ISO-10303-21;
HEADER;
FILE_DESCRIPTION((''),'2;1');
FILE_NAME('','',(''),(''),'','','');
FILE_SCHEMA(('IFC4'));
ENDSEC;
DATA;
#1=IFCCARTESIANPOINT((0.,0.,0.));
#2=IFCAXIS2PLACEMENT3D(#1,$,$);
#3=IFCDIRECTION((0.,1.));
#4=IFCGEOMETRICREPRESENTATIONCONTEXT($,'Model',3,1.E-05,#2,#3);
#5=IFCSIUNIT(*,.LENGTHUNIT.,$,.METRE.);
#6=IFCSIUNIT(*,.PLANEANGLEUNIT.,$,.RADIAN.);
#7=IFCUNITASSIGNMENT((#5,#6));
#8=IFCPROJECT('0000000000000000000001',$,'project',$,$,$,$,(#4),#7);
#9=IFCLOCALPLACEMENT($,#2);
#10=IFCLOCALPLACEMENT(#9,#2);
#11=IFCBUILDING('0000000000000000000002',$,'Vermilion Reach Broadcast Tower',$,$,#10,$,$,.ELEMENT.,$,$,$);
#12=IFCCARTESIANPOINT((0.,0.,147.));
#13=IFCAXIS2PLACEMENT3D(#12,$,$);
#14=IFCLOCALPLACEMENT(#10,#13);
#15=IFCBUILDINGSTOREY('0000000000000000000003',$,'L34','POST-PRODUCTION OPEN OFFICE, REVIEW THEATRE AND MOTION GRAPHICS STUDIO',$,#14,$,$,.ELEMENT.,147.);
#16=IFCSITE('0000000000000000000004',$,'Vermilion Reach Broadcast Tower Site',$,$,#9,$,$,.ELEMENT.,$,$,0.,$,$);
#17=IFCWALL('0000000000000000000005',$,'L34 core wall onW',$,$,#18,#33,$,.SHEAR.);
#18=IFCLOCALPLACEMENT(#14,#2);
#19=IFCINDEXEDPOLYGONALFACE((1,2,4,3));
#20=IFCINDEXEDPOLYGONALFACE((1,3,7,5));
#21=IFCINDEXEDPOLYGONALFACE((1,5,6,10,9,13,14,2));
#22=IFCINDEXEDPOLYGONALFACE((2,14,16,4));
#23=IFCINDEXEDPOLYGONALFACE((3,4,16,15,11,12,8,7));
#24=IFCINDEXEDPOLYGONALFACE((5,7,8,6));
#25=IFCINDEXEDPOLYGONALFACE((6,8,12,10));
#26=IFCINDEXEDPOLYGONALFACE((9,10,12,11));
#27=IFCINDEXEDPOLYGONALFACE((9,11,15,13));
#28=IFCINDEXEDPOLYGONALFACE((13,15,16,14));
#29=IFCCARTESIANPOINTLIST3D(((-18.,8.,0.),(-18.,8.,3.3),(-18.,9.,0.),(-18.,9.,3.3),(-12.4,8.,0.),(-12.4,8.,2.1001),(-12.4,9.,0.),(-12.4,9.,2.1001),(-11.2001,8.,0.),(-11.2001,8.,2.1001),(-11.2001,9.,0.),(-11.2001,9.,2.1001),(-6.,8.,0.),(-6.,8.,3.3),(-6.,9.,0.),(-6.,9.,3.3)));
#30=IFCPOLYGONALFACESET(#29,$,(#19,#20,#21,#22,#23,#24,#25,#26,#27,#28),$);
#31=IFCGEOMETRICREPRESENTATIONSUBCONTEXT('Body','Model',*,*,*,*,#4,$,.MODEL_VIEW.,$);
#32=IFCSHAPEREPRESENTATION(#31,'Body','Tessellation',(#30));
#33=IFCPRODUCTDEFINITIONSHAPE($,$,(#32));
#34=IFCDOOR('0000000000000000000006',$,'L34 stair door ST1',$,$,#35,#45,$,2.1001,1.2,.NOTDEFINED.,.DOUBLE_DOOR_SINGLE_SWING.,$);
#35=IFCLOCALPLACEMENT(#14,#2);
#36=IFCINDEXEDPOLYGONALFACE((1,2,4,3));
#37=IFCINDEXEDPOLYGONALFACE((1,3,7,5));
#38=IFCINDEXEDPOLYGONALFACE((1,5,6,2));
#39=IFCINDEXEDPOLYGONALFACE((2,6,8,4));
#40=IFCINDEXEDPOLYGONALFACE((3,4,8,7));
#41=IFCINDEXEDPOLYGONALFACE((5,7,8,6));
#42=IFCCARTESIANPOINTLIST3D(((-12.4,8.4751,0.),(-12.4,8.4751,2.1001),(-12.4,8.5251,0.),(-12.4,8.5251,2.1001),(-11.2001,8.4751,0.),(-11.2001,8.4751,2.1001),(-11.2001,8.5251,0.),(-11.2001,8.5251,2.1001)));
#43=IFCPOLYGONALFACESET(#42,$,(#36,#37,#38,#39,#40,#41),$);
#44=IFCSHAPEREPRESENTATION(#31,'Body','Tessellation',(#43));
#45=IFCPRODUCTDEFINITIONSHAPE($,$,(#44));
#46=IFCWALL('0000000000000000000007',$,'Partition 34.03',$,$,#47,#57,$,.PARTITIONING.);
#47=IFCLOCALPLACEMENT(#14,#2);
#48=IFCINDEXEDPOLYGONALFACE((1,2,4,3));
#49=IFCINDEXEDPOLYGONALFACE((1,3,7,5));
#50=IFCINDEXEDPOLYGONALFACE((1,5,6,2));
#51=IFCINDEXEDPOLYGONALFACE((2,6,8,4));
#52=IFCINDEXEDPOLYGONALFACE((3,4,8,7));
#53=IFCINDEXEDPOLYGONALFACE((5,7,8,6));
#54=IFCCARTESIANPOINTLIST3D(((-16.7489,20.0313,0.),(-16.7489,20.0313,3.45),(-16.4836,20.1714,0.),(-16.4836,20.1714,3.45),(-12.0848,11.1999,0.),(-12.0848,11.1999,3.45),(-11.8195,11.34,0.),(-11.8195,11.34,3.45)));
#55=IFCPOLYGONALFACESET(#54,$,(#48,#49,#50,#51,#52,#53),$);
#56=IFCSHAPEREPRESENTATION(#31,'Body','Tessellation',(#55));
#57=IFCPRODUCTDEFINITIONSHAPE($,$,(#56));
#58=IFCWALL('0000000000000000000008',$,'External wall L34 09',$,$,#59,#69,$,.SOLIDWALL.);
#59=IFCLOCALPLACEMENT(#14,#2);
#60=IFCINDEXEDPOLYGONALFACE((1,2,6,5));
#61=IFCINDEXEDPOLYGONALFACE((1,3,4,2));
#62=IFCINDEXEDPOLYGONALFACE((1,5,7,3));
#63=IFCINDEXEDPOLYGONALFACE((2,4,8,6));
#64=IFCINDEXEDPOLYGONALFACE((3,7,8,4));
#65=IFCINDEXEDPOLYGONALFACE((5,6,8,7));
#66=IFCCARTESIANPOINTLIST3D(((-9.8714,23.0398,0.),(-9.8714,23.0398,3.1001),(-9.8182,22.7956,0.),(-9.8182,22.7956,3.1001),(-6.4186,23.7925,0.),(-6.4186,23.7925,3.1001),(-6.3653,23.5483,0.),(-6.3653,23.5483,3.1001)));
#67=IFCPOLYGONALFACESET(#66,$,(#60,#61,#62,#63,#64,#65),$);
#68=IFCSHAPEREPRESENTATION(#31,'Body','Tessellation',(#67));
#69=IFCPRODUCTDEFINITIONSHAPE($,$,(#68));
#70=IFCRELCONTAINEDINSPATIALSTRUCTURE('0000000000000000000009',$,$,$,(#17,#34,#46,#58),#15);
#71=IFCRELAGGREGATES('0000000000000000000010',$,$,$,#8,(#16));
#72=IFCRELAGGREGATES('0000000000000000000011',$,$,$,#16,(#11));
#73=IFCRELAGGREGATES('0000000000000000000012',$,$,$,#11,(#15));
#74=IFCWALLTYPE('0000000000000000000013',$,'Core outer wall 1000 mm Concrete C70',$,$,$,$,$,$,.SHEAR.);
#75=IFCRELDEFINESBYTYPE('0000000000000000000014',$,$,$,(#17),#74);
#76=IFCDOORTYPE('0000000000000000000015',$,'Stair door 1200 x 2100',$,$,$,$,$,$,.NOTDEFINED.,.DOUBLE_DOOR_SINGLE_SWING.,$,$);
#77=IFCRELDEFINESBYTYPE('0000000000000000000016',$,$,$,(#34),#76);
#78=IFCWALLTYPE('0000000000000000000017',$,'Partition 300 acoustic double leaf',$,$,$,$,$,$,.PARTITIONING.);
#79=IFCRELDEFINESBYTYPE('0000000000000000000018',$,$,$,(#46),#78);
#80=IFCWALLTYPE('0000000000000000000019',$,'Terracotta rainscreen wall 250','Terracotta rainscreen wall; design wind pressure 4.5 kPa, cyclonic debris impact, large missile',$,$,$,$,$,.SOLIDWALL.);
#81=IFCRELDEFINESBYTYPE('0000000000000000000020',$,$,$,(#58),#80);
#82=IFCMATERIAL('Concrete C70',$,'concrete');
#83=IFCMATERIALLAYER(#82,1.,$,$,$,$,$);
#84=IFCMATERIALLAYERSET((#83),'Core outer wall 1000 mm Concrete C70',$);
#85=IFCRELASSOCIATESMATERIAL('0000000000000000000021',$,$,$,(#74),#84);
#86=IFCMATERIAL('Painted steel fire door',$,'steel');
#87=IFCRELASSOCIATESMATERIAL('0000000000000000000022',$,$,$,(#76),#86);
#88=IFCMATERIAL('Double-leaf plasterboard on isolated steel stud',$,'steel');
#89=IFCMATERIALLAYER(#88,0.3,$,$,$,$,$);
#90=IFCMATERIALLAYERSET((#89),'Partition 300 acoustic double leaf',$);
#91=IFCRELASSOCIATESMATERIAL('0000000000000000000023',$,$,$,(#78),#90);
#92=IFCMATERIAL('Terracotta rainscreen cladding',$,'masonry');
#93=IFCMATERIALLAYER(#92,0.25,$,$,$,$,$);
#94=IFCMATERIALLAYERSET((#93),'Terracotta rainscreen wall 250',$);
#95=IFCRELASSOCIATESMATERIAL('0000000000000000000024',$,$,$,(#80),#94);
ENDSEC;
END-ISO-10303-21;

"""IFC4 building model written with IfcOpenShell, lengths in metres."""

from ifc_helpers import new_model, si_unit, direction, frame, frame_2d, origin, place, context, subcontext, project, spatial, rectangle, extrude, material, layer, layer_set, type_object, element, fill, save


model = new_model("IFC4")

# Units and contexts
model_context = context("Model", 3, precision=1e-05, world=origin(), true_north=direction((0.0, 1.0)))
body_context = subcontext(model_context, "Body", "Model", "MODEL_VIEW")
ifc_project = project(units=[si_unit("LENGTHUNIT", "METRE"), si_unit("PLANEANGLEUNIT", "RADIAN")], contexts=[model_context])

# Site, building, storey
site_placement = place(None, origin())
site = spatial("IfcSite", under=ifc_project, at=site_placement, Name="Vermilion Reach Broadcast Tower Site", CompositionType="ELEMENT", RefElevation=0.0)
building_placement = place(site_placement, origin())
building = spatial("IfcBuilding", under=site, at=building_placement, Name="Vermilion Reach Broadcast Tower", CompositionType="ELEMENT")
storey_placement = place(building_placement, frame((0.0, 0.0, 147.0)))
storey = spatial("IfcBuildingStorey", under=building, at=storey_placement, Name="L34", Description="POST-PRODUCTION OPEN OFFICE, REVIEW THEATRE AND MOTION GRAPHICS STUDIO", CompositionType="ELEMENT", Elevation=147.0)

# Wall, opening, door
ifc_material_1 = material(Name="Concrete C70", Category="concrete")
ifc_layer_1 = layer(ifc_material_1, 1.0)
ifc_layer_set_1 = layer_set([ifc_layer_1], Name="Core outer wall 1000 mm Concrete C70")
wall_type_1 = type_object("IfcWallType", Name="Core outer wall 1000 mm Concrete C70", PredefinedType="SHEAR", material=ifc_layer_set_1)
wall_1_placement = place(storey_placement, frame((-6.0, 8.5, 0.0), z_axis=(0.0, 0.0, 1.0), x_axis=(-1.0, 0.0, 0.0)))
wall_1 = element("IfcWall", 1, at=wall_1_placement, inside=storey, type_object=wall_type_1, Name="L34 core wall onW", PredefinedType="SHEAR", context=body_context, shape_type="SweptSolid", body=[
    extrude(rectangle(XDim=12.0, YDim=1.0, at=frame_2d((6.0, 0.0))), origin(), (0.0, 0.0, 1.0), 3.3),
])
opening_placement = place(wall_1_placement, frame((5.2, 0.0, 0.0)))
opening = element("IfcOpeningElement", 2, at=opening_placement, cuts=wall_1, PredefinedType="OPENING", context=body_context, shape_type="SweptSolid", body=[
    extrude(rectangle(XDim=1.2, YDim=2.1001, at=frame_2d((0.6001, 1.05))), frame((0.0, 0.51, 0.0), z_axis=(0.0, -1.0, 0.0), x_axis=(1.0, 0.0, 0.0)), (0.0, 0.0, 1.0), 1.02),
])
ifc_material_2 = material(Name="Painted steel fire door", Category="steel")
door_type = type_object("IfcDoorType", Name="Stair door 1200 x 2100", OperationType="DOUBLE_DOOR_SINGLE_SWING", PredefinedType="NOTDEFINED", material=ifc_material_2)
door_placement = place(opening_placement, origin())
door = element("IfcDoor", 3, at=door_placement, inside=storey, type_object=door_type, Name="L34 stair door ST1", OperationType="DOUBLE_DOOR_SINGLE_SWING", OverallHeight=2.1001, OverallWidth=1.2, PredefinedType="NOTDEFINED", context=body_context, shape_type="SweptSolid", body=[
    extrude(rectangle(XDim=1.2, YDim=2.1001, at=frame_2d((0.6001, 1.05))), frame((0.0, 0.0249, 0.0), z_axis=(0.0, -1.0, 0.0), x_axis=(1.0, 0.0, 0.0)), (0.0, 0.0, 1.0), 0.05),
])
fill(opening, door)

# Walls
ifc_material_3 = material(Name="Double-leaf plasterboard on isolated steel stud", Category="steel")
ifc_layer_2 = layer(ifc_material_3, 0.3)
ifc_layer_set_2 = layer_set([ifc_layer_2], Name="Partition 300 acoustic double leaf")
wall_type_2 = type_object("IfcWallType", Name="Partition 300 acoustic double leaf", PredefinedType="PARTITIONING", material=ifc_layer_set_2)
wall_2_placement = place(storey_placement, frame((-16.6162, 20.1013, 0.0), z_axis=(0.0, 0.0, 1.0), x_axis=(0.467001, -0.884257, 0.0)))
element("IfcWall", 4, at=wall_2_placement, inside=storey, type_object=wall_type_2, Name="Partition 34.03", PredefinedType="PARTITIONING", context=body_context, shape_type="SweptSolid", body=[
    extrude(rectangle(XDim=9.9873, YDim=0.3, at=frame_2d((4.9937, 0.0))), origin(), (0.0, 0.0, 1.0), 3.45),
])
ifc_material_4 = material(Name="Terracotta rainscreen cladding", Category="masonry")
ifc_layer_3 = layer(ifc_material_4, 0.25)
ifc_layer_set_3 = layer_set([ifc_layer_3], Name="Terracotta rainscreen wall 250")
wall_type_3 = type_object("IfcWallType", Name="Terracotta rainscreen wall 250", Description="Terracotta rainscreen wall; design wind pressure 4.5 kPa, cyclonic debris impact, large missile", PredefinedType="SOLIDWALL", material=ifc_layer_set_3)
wall_3_placement = place(storey_placement, frame((-6.3918, 23.6704, 0.0), z_axis=(0.0, 0.0, 1.0), x_axis=(-0.977055, -0.212986, 0.0)))
element("IfcWall", 5, at=wall_3_placement, inside=storey, type_object=wall_type_3, Name="External wall L34 09", PredefinedType="SOLIDWALL", context=body_context, shape_type="SweptSolid", body=[
    extrude(rectangle(XDim=3.5339, YDim=0.25, at=frame_2d((1.7671, 0.0))), origin(), (0.0, 0.0, 1.0), 3.1001),
])

save(model, "model.ifc")
